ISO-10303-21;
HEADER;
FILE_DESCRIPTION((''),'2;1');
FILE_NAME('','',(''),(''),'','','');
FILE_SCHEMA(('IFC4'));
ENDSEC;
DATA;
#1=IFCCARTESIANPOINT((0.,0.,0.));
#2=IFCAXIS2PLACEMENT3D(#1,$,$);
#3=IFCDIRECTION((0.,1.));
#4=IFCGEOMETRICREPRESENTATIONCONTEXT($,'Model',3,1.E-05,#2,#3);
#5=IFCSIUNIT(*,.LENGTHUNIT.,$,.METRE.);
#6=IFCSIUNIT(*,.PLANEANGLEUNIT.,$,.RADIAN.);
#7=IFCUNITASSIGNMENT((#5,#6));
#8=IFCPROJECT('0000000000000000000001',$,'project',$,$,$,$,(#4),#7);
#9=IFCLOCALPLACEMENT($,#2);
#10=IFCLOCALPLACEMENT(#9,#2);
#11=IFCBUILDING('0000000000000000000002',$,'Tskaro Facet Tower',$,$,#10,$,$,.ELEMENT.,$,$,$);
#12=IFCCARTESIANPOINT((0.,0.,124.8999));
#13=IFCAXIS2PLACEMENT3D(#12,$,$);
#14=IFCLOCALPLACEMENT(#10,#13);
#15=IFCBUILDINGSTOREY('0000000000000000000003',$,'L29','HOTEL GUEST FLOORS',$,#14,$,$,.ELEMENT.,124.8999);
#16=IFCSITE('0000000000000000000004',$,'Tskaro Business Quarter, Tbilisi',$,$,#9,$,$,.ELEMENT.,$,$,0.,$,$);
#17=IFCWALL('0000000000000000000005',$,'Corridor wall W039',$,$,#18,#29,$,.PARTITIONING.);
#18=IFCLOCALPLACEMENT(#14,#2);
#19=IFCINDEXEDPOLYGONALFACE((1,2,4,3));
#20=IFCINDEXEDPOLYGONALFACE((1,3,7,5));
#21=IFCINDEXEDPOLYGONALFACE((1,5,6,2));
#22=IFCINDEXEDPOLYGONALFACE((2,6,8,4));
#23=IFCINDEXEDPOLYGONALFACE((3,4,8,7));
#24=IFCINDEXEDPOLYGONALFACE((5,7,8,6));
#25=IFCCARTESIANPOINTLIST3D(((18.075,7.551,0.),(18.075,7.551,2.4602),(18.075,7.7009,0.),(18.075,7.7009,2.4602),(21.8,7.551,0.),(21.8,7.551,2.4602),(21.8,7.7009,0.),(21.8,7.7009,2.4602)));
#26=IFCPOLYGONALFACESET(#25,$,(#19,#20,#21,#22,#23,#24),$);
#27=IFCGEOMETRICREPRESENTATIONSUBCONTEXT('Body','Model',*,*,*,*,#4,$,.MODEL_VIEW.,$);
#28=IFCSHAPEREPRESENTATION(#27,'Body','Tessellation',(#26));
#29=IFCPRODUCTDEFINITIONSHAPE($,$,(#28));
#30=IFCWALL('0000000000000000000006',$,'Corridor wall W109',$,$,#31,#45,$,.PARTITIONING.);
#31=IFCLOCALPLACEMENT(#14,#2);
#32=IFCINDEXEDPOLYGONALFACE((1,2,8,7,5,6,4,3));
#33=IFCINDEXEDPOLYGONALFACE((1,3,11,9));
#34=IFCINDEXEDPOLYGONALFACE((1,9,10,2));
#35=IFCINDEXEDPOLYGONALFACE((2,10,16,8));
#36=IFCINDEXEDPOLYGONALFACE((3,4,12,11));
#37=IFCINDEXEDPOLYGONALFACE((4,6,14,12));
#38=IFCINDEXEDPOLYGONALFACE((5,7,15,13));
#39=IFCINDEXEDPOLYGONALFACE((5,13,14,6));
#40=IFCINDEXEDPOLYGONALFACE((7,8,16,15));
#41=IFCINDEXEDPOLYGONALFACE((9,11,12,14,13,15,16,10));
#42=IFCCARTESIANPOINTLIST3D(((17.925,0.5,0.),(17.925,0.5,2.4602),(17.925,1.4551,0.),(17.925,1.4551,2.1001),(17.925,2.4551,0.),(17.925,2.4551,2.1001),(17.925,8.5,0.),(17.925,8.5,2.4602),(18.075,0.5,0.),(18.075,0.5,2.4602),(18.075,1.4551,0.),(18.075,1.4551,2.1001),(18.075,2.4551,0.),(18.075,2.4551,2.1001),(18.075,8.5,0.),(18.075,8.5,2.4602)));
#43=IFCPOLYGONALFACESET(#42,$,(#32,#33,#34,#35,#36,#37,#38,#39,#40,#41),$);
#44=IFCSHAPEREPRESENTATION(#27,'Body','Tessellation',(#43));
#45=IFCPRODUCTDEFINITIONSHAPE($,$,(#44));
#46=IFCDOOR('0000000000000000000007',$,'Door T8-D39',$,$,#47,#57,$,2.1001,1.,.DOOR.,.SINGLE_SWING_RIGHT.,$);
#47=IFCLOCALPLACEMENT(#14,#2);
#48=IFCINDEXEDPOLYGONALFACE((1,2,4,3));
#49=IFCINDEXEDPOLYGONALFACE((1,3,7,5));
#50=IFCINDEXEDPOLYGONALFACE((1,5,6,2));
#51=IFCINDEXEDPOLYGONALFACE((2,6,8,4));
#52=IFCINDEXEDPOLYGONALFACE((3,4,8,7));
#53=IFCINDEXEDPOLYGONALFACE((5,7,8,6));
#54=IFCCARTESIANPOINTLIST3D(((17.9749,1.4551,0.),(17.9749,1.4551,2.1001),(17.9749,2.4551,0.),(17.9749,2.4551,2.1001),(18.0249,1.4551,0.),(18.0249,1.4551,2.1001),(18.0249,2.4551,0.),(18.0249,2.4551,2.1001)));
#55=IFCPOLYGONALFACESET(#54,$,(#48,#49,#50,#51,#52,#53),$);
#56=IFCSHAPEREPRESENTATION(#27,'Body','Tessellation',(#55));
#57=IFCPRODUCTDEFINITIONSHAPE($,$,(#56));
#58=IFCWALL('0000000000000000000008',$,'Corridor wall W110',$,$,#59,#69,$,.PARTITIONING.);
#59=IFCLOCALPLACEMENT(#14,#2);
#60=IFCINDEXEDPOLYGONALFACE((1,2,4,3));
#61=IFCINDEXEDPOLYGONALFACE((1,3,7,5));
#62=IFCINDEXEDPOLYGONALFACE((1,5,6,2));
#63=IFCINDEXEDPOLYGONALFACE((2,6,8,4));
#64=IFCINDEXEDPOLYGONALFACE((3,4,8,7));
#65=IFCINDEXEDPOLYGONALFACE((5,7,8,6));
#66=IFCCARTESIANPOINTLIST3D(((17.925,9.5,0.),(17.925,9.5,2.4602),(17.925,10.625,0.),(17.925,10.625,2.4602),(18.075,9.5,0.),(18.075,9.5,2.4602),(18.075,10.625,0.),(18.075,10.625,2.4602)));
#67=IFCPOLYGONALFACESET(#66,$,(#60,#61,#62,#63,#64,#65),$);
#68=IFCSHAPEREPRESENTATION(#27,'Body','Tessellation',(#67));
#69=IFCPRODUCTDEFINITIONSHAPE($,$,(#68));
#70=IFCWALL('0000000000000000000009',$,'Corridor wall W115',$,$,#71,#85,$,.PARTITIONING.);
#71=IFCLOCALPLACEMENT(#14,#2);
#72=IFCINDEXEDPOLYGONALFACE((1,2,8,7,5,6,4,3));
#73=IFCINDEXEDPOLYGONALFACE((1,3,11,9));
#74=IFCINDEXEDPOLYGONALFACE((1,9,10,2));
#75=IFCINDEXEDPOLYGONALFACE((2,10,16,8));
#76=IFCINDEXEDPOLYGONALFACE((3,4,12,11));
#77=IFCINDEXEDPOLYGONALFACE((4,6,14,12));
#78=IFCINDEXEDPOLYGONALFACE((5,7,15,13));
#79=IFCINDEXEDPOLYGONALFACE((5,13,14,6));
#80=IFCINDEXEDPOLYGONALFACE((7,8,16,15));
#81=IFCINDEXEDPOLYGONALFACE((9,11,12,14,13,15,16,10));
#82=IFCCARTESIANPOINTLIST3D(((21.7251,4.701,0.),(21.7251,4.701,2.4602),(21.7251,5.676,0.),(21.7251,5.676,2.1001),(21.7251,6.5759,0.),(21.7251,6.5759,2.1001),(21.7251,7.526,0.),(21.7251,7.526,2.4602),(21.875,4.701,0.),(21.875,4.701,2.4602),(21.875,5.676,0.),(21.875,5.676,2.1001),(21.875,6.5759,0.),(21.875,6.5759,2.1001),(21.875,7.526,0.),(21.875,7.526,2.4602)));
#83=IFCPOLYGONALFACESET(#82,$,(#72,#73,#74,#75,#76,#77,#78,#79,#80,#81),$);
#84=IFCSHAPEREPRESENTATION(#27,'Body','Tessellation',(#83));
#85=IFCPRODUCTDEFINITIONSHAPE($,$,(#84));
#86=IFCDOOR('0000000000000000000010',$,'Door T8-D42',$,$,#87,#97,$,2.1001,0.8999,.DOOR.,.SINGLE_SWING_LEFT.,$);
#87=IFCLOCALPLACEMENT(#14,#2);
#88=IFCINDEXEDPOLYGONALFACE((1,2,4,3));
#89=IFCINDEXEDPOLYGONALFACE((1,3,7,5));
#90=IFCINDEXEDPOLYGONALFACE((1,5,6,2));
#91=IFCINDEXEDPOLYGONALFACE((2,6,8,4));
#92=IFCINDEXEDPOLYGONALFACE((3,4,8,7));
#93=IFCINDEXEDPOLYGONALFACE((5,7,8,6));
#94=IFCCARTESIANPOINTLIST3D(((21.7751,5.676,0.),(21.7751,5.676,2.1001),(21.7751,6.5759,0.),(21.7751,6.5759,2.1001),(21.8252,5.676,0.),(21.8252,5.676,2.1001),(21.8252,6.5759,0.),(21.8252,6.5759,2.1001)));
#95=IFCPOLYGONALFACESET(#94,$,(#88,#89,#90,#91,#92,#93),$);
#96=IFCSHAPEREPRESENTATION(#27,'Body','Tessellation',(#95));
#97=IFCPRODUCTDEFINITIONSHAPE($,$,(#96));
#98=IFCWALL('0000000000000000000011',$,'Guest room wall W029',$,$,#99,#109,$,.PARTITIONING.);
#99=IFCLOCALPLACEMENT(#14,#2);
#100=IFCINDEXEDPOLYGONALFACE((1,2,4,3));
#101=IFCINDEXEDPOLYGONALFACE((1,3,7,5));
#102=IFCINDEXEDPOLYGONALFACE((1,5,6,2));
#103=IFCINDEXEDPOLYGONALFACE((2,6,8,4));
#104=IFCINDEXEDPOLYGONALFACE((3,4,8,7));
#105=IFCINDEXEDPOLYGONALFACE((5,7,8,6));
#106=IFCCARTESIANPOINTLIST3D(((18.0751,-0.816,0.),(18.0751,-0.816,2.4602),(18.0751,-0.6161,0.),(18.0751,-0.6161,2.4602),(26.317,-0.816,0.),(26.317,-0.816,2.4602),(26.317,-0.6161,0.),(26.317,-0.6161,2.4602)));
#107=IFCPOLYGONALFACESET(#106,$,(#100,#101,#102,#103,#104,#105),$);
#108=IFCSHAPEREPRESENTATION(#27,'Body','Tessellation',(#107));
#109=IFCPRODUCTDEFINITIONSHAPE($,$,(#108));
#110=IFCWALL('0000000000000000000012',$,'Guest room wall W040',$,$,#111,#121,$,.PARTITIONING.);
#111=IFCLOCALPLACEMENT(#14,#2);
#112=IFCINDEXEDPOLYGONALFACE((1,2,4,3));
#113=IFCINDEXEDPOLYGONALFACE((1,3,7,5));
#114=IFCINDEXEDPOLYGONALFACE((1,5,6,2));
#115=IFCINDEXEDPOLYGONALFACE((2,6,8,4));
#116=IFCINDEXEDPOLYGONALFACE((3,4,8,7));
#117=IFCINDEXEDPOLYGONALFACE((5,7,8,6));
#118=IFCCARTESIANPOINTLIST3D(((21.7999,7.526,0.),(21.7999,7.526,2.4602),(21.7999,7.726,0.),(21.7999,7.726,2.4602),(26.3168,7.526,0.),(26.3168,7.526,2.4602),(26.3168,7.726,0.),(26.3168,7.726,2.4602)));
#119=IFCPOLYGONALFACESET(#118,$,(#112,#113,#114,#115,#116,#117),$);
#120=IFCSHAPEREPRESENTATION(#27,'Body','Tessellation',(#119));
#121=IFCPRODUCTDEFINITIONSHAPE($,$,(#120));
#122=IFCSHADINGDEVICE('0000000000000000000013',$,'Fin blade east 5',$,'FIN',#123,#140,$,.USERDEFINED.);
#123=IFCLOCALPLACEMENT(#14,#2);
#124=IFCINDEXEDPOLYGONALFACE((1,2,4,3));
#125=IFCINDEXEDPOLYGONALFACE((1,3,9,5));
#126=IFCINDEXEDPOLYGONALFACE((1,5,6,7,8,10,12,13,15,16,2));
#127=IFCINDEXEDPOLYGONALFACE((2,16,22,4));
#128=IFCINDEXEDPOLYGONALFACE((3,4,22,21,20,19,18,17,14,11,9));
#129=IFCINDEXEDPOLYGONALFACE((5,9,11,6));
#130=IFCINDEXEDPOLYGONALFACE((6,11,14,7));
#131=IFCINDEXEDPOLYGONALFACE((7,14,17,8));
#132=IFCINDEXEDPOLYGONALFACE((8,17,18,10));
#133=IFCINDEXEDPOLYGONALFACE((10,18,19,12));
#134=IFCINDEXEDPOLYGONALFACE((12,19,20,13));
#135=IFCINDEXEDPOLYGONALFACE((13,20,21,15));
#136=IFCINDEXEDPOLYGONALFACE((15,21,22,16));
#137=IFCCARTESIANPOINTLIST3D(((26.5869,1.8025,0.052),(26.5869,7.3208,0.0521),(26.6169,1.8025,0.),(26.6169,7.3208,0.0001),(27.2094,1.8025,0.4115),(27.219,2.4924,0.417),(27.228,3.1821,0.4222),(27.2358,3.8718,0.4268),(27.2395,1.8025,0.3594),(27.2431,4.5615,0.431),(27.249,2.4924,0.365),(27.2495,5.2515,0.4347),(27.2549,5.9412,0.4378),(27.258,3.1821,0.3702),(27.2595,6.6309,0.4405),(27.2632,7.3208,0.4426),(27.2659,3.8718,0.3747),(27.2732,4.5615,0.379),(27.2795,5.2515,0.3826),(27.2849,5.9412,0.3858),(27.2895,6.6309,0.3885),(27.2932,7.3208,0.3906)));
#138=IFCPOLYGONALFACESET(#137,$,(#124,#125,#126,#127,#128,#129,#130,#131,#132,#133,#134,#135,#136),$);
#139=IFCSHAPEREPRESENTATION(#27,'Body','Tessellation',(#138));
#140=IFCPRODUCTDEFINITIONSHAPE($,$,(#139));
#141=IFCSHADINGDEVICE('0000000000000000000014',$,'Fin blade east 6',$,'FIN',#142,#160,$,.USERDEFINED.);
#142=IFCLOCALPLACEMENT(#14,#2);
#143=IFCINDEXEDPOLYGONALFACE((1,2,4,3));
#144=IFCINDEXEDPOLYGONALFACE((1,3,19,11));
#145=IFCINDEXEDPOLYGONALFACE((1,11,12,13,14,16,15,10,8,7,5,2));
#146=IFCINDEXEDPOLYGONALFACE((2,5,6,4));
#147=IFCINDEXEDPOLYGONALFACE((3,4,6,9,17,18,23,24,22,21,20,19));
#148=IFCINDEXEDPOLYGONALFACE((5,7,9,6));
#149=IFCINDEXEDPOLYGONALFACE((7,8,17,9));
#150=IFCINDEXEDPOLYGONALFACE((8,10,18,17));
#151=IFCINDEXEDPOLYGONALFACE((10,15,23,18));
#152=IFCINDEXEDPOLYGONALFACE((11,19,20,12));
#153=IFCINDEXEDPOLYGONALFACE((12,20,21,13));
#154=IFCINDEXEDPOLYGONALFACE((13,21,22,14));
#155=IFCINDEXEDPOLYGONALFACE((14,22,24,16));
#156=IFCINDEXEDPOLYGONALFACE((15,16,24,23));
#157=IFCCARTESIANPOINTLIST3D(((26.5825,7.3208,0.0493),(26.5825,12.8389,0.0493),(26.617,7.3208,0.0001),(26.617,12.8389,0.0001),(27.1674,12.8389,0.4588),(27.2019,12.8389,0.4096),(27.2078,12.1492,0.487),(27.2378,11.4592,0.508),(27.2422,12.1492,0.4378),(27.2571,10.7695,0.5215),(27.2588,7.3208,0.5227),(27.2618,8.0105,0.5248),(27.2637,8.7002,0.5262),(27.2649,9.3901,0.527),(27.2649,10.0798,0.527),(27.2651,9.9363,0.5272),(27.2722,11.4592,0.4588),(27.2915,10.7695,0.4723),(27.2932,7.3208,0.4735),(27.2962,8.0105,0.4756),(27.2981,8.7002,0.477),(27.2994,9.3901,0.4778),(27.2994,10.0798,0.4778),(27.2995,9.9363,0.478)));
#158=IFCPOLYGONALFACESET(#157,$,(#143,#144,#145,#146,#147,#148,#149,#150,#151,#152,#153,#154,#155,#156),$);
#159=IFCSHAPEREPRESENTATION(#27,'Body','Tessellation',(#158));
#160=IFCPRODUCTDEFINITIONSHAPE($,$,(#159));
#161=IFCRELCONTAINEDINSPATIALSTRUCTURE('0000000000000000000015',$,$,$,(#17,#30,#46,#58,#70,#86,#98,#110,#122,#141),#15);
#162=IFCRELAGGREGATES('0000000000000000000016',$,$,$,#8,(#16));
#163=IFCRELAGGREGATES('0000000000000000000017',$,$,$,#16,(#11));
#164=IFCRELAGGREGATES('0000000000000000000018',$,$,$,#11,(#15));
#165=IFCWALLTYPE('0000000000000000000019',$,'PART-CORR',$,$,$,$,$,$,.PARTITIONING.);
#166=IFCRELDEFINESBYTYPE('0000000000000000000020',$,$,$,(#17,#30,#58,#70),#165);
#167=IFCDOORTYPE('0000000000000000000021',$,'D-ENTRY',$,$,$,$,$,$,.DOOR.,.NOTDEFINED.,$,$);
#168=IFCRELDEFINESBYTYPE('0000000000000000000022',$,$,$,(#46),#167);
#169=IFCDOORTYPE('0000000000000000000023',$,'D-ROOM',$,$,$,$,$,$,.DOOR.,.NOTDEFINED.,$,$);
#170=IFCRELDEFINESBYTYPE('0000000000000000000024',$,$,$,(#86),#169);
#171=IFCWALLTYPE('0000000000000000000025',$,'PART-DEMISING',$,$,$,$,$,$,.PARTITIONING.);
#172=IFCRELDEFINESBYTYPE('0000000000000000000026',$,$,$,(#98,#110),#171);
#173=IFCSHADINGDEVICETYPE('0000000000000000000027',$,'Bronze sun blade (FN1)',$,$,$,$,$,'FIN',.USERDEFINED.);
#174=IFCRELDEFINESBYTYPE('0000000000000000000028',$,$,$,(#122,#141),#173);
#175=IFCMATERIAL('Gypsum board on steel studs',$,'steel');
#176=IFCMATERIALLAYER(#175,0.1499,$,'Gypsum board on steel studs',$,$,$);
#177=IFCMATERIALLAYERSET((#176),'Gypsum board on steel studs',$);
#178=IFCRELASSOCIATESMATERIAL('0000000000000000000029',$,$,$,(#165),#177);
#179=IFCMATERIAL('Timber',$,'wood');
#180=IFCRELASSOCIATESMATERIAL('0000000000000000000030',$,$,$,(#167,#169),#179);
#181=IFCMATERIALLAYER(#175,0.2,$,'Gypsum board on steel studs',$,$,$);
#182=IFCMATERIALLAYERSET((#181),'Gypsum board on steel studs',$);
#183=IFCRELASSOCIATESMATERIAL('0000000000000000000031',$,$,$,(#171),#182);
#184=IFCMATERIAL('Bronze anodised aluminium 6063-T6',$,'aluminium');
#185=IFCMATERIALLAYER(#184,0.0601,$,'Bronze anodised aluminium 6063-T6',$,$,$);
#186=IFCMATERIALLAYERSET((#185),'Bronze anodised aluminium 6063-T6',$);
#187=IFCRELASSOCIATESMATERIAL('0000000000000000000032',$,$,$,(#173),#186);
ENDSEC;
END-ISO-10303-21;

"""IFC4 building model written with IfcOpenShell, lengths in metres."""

from ifc_helpers import new_model, si_unit, direction, frame, frame_2d, origin, place, context, subcontext, project, spatial, polyline, rectangle, outline, extrude, material, layer, layer_set, type_object, element, fill, save


model = new_model("IFC4")

# Units and contexts
model_context = context("Model", 3, precision=1e-05, world=origin(), true_north=direction((0.0, 1.0)))
body_context = subcontext(model_context, "Body", "Model", "MODEL_VIEW")
ifc_project = project(units=[si_unit("LENGTHUNIT", "METRE"), si_unit("PLANEANGLEUNIT", "RADIAN")], contexts=[model_context])

# Site, building, storey
site_placement = place(None, origin())
site = spatial("IfcSite", under=ifc_project, at=site_placement, Name="Tskaro Business Quarter, Tbilisi", CompositionType="ELEMENT", RefElevation=0.0)
building_placement = place(site_placement, origin())
building = spatial("IfcBuilding", under=site, at=building_placement, Name="Tskaro Facet Tower", CompositionType="ELEMENT")
storey_placement = place(building_placement, frame((0.0, 0.0, 124.8999)))
storey = spatial("IfcBuildingStorey", under=building, at=storey_placement, Name="L29", Description="HOTEL GUEST FLOORS", CompositionType="ELEMENT", Elevation=124.8999)

# Shared definitions
ifc_material_1 = material(Name="Bronze anodised aluminium 6063-T6", Category="aluminium")

# Wall
ifc_material_2 = material(Name="Gypsum board on steel studs", Category="steel")
ifc_layer_1 = layer(ifc_material_2, 0.1499, Name="Gypsum board on steel studs")
ifc_layer_set_1 = layer_set([ifc_layer_1], Name="Gypsum board on steel studs")
wall_type_1 = type_object("IfcWallType", Name="PART-CORR", PredefinedType="PARTITIONING", material=ifc_layer_set_1)
for number, where, z_axis, x_axis, name in (
    (1, (18.075, 7.626, 0.0), (0.0, 0.0, 1.0), (1.0, 0.0, 0.0), "Corridor wall W039"),
):
    element("IfcWall", number, at=place(storey_placement, frame(where, z_axis=z_axis, x_axis=x_axis)), inside=storey, type_object=wall_type_1, Name=name, PredefinedType="PARTITIONING", context=body_context, shape_type="SweptSolid", body=[
        extrude(rectangle(XDim=3.7251, YDim=0.1499, at=frame_2d((1.8625, 0.0))), origin(), (0.0, 0.0, 1.0), 2.4602),
    ])

# Wall, opening, door
wall_1_placement = place(storey_placement, frame((18.0, 8.5, 0.0), z_axis=(0.0, 0.0, 1.0), x_axis=(0.0, -1.0, 0.0)))
wall_1 = element("IfcWall", 2, at=wall_1_placement, inside=storey, type_object=wall_type_1, Name="Corridor wall W109", PredefinedType="PARTITIONING", context=body_context, shape_type="SweptSolid", body=[
    extrude(rectangle(XDim=8.0, YDim=0.1499, at=frame_2d((4.0, 0.0))), origin(), (0.0, 0.0, 1.0), 2.4602),
])
opening_1_placement = place(wall_1_placement, frame((6.0449, 0.0, 0.0)))
opening_1 = element("IfcOpeningElement", 3, at=opening_1_placement, cuts=wall_1, PredefinedType="OPENING", context=body_context, shape_type="SweptSolid", body=[
    extrude(rectangle(XDim=1.0, YDim=2.1001, at=frame_2d((0.5, 1.05))), frame((0.0, 0.085, 0.0), z_axis=(0.0, -1.0, 0.0), x_axis=(1.0, 0.0, 0.0)), (0.0, 0.0, 1.0), 0.1699),
])
ifc_material_3 = material(Name="Timber", Category="wood")
door_type_1 = type_object("IfcDoorType", Name="D-ENTRY", OperationType="NOTDEFINED", PredefinedType="DOOR", material=ifc_material_3)
door_1_placement = place(opening_1_placement, origin())
door_1 = element("IfcDoor", 4, at=door_1_placement, inside=storey, type_object=door_type_1, Name="Door T8-D39", OperationType="SINGLE_SWING_RIGHT", OverallHeight=2.1001, OverallWidth=1.0, PredefinedType="DOOR", context=body_context, shape_type="SweptSolid", body=[
    extrude(rectangle(XDim=1.0, YDim=2.1001, at=frame_2d((0.5, 1.05))), frame((0.0, 0.0249, 0.0), z_axis=(0.0, -1.0, 0.0), x_axis=(1.0, 0.0, 0.0)), (0.0, 0.0, 1.0), 0.05),
])
fill(opening_1, door_1)

# Wall
wall_2_placement = place(storey_placement, frame((18.0, 9.5, 0.0), z_axis=(0.0, 0.0, 1.0), x_axis=(0.0, 1.0, 0.0)))
element("IfcWall", 5, at=wall_2_placement, inside=storey, type_object=wall_type_1, Name="Corridor wall W110", PredefinedType="PARTITIONING", context=body_context, shape_type="SweptSolid", body=[
    extrude(rectangle(XDim=1.125, YDim=0.1499, at=frame_2d((0.5625, 0.0))), origin(), (0.0, 0.0, 1.0), 2.4602),
])

# Wall, opening, door
wall_3_placement = place(storey_placement, frame((21.8, 4.7009, 0.0), z_axis=(0.0, 0.0, 1.0), x_axis=(0.0, 1.0, 0.0)))
wall_3 = element("IfcWall", 6, at=wall_3_placement, inside=storey, type_object=wall_type_1, Name="Corridor wall W115", PredefinedType="PARTITIONING", context=body_context, shape_type="SweptSolid", body=[
    extrude(rectangle(XDim=2.825, YDim=0.1499, at=frame_2d((1.4126, 0.0))), origin(), (0.0, 0.0, 1.0), 2.4602),
])
opening_2_placement = place(wall_3_placement, frame((0.9751, 0.0, 0.0)))
opening_2 = element("IfcOpeningElement", 7, at=opening_2_placement, cuts=wall_3, PredefinedType="OPENING", context=body_context, shape_type="SweptSolid", body=[
    extrude(rectangle(XDim=0.8999, YDim=2.1001, at=frame_2d((0.45, 1.05))), frame((0.0, 0.085, 0.0), z_axis=(0.0, -1.0, 0.0), x_axis=(1.0, 0.0, 0.0)), (0.0, 0.0, 1.0), 0.1699),
])
door_type_2 = type_object("IfcDoorType", Name="D-ROOM", OperationType="NOTDEFINED", PredefinedType="DOOR", material=ifc_material_3)
door_2_placement = place(opening_2_placement, origin())
door_2 = element("IfcDoor", 8, at=door_2_placement, inside=storey, type_object=door_type_2, Name="Door T8-D42", OperationType="SINGLE_SWING_LEFT", OverallHeight=2.1001, OverallWidth=0.8999, PredefinedType="DOOR", context=body_context, shape_type="SweptSolid", body=[
    extrude(rectangle(XDim=0.8999, YDim=2.1001, at=frame_2d((0.45, 1.05))), frame((0.0, 0.0249, 0.0), z_axis=(0.0, -1.0, 0.0), x_axis=(1.0, 0.0, 0.0)), (0.0, 0.0, 1.0), 0.05),
])
fill(opening_2, door_2)

# Walls
ifc_layer_2 = layer(ifc_material_2, 0.2, Name="Gypsum board on steel studs")
ifc_layer_set_2 = layer_set([ifc_layer_2], Name="Gypsum board on steel studs")
wall_type_2 = type_object("IfcWallType", Name="PART-DEMISING", PredefinedType="PARTITIONING", material=ifc_layer_set_2)
wall_4_placement = place(storey_placement, frame((18.075, -0.7161, 0.0), z_axis=(0.0, 0.0, 1.0), x_axis=(1.0, 0.0, 0.0)))
element("IfcWall", 9, at=wall_4_placement, inside=storey, type_object=wall_type_2, Name="Guest room wall W029", PredefinedType="PARTITIONING", context=body_context, shape_type="SweptSolid", body=[
    extrude(rectangle(XDim=8.2419, YDim=0.2, at=frame_2d((4.1211, 0.0))), origin(), (0.0, 0.0, 1.0), 2.4602),
])
wall_5_placement = place(storey_placement, frame((21.8, 7.626, 0.0), z_axis=(0.0, 0.0, 1.0), x_axis=(1.0, 0.0, 0.0)))
element("IfcWall", 10, at=wall_5_placement, inside=storey, type_object=wall_type_2, Name="Guest room wall W040", PredefinedType="PARTITIONING", context=body_context, shape_type="SweptSolid", body=[
    extrude(rectangle(XDim=4.5168, YDim=0.2, at=frame_2d((2.2583, 0.0))), origin(), (0.0, 0.0, 1.0), 2.4602),
])

# Shading devices
ifc_layer_3 = layer(ifc_material_1, 0.0601, Name="Bronze anodised aluminium 6063-T6")
ifc_layer_set_3 = layer_set([ifc_layer_3], Name="Bronze anodised aluminium 6063-T6")
shading_device_type = type_object("IfcShadingDeviceType", Name="Bronze sun blade (FN1)", ElementType="FIN", PredefinedType="USERDEFINED", material=ifc_layer_set_3)
shading_device_1_placement = place(storey_placement, frame((26.5869, 1.8025, 0.052), z_axis=(-0.500051, -0.000019, 0.865996), x_axis=(-0.000009, 1.0, 0.000016)))
element("IfcShadingDevice", 11, at=shading_device_1_placement, inside=storey, type_object=shading_device_type, Name="Fin blade east 5", ObjectType="FIN", PredefinedType="USERDEFINED", context=body_context, shape_type="SweptSolid", body=[
    extrude(outline(polyline([(0.0, 0.0), (5.5183, 0.0), (5.5183, -0.781), (4.8284, -0.7767), (4.1387, -0.7713), (3.449, -0.7651), (2.759, -0.7578), (2.0693, -0.7494), (1.3796, -0.7403), (0.6899, -0.7299), (0.0, -0.7188), (0.0, 0.0)])), origin(), (0.0, 0.0, -1.0), 0.0601),
])
shading_device_2_placement = place(storey_placement, frame((26.5825, 7.3208, 0.0493), z_axis=(-0.573502, 0.000003, 0.819204), x_axis=(0.000002, 1.0, -0.000002)))
element("IfcShadingDevice", 12, at=shading_device_2_placement, inside=storey, type_object=shading_device_type, Name="Fin blade east 6", ObjectType="FIN", PredefinedType="USERDEFINED", context=body_context, shape_type="SweptSolid", body=[
    extrude(outline(polyline([(0.0, 0.0), (5.5181, 0.0), (5.5181, -0.714), (4.8284, -0.7632), (4.1384, -0.7999), (3.4487, -0.8234), (2.759, -0.833), (2.6155, -0.8332), (2.0693, -0.833), (1.3794, -0.8315), (0.6897, -0.8292), (0.0, -0.8255), (0.0, 0.0)])), origin(), (0.0, 0.0, -1.0), 0.0601),
])

save(model, "model.ifc")
